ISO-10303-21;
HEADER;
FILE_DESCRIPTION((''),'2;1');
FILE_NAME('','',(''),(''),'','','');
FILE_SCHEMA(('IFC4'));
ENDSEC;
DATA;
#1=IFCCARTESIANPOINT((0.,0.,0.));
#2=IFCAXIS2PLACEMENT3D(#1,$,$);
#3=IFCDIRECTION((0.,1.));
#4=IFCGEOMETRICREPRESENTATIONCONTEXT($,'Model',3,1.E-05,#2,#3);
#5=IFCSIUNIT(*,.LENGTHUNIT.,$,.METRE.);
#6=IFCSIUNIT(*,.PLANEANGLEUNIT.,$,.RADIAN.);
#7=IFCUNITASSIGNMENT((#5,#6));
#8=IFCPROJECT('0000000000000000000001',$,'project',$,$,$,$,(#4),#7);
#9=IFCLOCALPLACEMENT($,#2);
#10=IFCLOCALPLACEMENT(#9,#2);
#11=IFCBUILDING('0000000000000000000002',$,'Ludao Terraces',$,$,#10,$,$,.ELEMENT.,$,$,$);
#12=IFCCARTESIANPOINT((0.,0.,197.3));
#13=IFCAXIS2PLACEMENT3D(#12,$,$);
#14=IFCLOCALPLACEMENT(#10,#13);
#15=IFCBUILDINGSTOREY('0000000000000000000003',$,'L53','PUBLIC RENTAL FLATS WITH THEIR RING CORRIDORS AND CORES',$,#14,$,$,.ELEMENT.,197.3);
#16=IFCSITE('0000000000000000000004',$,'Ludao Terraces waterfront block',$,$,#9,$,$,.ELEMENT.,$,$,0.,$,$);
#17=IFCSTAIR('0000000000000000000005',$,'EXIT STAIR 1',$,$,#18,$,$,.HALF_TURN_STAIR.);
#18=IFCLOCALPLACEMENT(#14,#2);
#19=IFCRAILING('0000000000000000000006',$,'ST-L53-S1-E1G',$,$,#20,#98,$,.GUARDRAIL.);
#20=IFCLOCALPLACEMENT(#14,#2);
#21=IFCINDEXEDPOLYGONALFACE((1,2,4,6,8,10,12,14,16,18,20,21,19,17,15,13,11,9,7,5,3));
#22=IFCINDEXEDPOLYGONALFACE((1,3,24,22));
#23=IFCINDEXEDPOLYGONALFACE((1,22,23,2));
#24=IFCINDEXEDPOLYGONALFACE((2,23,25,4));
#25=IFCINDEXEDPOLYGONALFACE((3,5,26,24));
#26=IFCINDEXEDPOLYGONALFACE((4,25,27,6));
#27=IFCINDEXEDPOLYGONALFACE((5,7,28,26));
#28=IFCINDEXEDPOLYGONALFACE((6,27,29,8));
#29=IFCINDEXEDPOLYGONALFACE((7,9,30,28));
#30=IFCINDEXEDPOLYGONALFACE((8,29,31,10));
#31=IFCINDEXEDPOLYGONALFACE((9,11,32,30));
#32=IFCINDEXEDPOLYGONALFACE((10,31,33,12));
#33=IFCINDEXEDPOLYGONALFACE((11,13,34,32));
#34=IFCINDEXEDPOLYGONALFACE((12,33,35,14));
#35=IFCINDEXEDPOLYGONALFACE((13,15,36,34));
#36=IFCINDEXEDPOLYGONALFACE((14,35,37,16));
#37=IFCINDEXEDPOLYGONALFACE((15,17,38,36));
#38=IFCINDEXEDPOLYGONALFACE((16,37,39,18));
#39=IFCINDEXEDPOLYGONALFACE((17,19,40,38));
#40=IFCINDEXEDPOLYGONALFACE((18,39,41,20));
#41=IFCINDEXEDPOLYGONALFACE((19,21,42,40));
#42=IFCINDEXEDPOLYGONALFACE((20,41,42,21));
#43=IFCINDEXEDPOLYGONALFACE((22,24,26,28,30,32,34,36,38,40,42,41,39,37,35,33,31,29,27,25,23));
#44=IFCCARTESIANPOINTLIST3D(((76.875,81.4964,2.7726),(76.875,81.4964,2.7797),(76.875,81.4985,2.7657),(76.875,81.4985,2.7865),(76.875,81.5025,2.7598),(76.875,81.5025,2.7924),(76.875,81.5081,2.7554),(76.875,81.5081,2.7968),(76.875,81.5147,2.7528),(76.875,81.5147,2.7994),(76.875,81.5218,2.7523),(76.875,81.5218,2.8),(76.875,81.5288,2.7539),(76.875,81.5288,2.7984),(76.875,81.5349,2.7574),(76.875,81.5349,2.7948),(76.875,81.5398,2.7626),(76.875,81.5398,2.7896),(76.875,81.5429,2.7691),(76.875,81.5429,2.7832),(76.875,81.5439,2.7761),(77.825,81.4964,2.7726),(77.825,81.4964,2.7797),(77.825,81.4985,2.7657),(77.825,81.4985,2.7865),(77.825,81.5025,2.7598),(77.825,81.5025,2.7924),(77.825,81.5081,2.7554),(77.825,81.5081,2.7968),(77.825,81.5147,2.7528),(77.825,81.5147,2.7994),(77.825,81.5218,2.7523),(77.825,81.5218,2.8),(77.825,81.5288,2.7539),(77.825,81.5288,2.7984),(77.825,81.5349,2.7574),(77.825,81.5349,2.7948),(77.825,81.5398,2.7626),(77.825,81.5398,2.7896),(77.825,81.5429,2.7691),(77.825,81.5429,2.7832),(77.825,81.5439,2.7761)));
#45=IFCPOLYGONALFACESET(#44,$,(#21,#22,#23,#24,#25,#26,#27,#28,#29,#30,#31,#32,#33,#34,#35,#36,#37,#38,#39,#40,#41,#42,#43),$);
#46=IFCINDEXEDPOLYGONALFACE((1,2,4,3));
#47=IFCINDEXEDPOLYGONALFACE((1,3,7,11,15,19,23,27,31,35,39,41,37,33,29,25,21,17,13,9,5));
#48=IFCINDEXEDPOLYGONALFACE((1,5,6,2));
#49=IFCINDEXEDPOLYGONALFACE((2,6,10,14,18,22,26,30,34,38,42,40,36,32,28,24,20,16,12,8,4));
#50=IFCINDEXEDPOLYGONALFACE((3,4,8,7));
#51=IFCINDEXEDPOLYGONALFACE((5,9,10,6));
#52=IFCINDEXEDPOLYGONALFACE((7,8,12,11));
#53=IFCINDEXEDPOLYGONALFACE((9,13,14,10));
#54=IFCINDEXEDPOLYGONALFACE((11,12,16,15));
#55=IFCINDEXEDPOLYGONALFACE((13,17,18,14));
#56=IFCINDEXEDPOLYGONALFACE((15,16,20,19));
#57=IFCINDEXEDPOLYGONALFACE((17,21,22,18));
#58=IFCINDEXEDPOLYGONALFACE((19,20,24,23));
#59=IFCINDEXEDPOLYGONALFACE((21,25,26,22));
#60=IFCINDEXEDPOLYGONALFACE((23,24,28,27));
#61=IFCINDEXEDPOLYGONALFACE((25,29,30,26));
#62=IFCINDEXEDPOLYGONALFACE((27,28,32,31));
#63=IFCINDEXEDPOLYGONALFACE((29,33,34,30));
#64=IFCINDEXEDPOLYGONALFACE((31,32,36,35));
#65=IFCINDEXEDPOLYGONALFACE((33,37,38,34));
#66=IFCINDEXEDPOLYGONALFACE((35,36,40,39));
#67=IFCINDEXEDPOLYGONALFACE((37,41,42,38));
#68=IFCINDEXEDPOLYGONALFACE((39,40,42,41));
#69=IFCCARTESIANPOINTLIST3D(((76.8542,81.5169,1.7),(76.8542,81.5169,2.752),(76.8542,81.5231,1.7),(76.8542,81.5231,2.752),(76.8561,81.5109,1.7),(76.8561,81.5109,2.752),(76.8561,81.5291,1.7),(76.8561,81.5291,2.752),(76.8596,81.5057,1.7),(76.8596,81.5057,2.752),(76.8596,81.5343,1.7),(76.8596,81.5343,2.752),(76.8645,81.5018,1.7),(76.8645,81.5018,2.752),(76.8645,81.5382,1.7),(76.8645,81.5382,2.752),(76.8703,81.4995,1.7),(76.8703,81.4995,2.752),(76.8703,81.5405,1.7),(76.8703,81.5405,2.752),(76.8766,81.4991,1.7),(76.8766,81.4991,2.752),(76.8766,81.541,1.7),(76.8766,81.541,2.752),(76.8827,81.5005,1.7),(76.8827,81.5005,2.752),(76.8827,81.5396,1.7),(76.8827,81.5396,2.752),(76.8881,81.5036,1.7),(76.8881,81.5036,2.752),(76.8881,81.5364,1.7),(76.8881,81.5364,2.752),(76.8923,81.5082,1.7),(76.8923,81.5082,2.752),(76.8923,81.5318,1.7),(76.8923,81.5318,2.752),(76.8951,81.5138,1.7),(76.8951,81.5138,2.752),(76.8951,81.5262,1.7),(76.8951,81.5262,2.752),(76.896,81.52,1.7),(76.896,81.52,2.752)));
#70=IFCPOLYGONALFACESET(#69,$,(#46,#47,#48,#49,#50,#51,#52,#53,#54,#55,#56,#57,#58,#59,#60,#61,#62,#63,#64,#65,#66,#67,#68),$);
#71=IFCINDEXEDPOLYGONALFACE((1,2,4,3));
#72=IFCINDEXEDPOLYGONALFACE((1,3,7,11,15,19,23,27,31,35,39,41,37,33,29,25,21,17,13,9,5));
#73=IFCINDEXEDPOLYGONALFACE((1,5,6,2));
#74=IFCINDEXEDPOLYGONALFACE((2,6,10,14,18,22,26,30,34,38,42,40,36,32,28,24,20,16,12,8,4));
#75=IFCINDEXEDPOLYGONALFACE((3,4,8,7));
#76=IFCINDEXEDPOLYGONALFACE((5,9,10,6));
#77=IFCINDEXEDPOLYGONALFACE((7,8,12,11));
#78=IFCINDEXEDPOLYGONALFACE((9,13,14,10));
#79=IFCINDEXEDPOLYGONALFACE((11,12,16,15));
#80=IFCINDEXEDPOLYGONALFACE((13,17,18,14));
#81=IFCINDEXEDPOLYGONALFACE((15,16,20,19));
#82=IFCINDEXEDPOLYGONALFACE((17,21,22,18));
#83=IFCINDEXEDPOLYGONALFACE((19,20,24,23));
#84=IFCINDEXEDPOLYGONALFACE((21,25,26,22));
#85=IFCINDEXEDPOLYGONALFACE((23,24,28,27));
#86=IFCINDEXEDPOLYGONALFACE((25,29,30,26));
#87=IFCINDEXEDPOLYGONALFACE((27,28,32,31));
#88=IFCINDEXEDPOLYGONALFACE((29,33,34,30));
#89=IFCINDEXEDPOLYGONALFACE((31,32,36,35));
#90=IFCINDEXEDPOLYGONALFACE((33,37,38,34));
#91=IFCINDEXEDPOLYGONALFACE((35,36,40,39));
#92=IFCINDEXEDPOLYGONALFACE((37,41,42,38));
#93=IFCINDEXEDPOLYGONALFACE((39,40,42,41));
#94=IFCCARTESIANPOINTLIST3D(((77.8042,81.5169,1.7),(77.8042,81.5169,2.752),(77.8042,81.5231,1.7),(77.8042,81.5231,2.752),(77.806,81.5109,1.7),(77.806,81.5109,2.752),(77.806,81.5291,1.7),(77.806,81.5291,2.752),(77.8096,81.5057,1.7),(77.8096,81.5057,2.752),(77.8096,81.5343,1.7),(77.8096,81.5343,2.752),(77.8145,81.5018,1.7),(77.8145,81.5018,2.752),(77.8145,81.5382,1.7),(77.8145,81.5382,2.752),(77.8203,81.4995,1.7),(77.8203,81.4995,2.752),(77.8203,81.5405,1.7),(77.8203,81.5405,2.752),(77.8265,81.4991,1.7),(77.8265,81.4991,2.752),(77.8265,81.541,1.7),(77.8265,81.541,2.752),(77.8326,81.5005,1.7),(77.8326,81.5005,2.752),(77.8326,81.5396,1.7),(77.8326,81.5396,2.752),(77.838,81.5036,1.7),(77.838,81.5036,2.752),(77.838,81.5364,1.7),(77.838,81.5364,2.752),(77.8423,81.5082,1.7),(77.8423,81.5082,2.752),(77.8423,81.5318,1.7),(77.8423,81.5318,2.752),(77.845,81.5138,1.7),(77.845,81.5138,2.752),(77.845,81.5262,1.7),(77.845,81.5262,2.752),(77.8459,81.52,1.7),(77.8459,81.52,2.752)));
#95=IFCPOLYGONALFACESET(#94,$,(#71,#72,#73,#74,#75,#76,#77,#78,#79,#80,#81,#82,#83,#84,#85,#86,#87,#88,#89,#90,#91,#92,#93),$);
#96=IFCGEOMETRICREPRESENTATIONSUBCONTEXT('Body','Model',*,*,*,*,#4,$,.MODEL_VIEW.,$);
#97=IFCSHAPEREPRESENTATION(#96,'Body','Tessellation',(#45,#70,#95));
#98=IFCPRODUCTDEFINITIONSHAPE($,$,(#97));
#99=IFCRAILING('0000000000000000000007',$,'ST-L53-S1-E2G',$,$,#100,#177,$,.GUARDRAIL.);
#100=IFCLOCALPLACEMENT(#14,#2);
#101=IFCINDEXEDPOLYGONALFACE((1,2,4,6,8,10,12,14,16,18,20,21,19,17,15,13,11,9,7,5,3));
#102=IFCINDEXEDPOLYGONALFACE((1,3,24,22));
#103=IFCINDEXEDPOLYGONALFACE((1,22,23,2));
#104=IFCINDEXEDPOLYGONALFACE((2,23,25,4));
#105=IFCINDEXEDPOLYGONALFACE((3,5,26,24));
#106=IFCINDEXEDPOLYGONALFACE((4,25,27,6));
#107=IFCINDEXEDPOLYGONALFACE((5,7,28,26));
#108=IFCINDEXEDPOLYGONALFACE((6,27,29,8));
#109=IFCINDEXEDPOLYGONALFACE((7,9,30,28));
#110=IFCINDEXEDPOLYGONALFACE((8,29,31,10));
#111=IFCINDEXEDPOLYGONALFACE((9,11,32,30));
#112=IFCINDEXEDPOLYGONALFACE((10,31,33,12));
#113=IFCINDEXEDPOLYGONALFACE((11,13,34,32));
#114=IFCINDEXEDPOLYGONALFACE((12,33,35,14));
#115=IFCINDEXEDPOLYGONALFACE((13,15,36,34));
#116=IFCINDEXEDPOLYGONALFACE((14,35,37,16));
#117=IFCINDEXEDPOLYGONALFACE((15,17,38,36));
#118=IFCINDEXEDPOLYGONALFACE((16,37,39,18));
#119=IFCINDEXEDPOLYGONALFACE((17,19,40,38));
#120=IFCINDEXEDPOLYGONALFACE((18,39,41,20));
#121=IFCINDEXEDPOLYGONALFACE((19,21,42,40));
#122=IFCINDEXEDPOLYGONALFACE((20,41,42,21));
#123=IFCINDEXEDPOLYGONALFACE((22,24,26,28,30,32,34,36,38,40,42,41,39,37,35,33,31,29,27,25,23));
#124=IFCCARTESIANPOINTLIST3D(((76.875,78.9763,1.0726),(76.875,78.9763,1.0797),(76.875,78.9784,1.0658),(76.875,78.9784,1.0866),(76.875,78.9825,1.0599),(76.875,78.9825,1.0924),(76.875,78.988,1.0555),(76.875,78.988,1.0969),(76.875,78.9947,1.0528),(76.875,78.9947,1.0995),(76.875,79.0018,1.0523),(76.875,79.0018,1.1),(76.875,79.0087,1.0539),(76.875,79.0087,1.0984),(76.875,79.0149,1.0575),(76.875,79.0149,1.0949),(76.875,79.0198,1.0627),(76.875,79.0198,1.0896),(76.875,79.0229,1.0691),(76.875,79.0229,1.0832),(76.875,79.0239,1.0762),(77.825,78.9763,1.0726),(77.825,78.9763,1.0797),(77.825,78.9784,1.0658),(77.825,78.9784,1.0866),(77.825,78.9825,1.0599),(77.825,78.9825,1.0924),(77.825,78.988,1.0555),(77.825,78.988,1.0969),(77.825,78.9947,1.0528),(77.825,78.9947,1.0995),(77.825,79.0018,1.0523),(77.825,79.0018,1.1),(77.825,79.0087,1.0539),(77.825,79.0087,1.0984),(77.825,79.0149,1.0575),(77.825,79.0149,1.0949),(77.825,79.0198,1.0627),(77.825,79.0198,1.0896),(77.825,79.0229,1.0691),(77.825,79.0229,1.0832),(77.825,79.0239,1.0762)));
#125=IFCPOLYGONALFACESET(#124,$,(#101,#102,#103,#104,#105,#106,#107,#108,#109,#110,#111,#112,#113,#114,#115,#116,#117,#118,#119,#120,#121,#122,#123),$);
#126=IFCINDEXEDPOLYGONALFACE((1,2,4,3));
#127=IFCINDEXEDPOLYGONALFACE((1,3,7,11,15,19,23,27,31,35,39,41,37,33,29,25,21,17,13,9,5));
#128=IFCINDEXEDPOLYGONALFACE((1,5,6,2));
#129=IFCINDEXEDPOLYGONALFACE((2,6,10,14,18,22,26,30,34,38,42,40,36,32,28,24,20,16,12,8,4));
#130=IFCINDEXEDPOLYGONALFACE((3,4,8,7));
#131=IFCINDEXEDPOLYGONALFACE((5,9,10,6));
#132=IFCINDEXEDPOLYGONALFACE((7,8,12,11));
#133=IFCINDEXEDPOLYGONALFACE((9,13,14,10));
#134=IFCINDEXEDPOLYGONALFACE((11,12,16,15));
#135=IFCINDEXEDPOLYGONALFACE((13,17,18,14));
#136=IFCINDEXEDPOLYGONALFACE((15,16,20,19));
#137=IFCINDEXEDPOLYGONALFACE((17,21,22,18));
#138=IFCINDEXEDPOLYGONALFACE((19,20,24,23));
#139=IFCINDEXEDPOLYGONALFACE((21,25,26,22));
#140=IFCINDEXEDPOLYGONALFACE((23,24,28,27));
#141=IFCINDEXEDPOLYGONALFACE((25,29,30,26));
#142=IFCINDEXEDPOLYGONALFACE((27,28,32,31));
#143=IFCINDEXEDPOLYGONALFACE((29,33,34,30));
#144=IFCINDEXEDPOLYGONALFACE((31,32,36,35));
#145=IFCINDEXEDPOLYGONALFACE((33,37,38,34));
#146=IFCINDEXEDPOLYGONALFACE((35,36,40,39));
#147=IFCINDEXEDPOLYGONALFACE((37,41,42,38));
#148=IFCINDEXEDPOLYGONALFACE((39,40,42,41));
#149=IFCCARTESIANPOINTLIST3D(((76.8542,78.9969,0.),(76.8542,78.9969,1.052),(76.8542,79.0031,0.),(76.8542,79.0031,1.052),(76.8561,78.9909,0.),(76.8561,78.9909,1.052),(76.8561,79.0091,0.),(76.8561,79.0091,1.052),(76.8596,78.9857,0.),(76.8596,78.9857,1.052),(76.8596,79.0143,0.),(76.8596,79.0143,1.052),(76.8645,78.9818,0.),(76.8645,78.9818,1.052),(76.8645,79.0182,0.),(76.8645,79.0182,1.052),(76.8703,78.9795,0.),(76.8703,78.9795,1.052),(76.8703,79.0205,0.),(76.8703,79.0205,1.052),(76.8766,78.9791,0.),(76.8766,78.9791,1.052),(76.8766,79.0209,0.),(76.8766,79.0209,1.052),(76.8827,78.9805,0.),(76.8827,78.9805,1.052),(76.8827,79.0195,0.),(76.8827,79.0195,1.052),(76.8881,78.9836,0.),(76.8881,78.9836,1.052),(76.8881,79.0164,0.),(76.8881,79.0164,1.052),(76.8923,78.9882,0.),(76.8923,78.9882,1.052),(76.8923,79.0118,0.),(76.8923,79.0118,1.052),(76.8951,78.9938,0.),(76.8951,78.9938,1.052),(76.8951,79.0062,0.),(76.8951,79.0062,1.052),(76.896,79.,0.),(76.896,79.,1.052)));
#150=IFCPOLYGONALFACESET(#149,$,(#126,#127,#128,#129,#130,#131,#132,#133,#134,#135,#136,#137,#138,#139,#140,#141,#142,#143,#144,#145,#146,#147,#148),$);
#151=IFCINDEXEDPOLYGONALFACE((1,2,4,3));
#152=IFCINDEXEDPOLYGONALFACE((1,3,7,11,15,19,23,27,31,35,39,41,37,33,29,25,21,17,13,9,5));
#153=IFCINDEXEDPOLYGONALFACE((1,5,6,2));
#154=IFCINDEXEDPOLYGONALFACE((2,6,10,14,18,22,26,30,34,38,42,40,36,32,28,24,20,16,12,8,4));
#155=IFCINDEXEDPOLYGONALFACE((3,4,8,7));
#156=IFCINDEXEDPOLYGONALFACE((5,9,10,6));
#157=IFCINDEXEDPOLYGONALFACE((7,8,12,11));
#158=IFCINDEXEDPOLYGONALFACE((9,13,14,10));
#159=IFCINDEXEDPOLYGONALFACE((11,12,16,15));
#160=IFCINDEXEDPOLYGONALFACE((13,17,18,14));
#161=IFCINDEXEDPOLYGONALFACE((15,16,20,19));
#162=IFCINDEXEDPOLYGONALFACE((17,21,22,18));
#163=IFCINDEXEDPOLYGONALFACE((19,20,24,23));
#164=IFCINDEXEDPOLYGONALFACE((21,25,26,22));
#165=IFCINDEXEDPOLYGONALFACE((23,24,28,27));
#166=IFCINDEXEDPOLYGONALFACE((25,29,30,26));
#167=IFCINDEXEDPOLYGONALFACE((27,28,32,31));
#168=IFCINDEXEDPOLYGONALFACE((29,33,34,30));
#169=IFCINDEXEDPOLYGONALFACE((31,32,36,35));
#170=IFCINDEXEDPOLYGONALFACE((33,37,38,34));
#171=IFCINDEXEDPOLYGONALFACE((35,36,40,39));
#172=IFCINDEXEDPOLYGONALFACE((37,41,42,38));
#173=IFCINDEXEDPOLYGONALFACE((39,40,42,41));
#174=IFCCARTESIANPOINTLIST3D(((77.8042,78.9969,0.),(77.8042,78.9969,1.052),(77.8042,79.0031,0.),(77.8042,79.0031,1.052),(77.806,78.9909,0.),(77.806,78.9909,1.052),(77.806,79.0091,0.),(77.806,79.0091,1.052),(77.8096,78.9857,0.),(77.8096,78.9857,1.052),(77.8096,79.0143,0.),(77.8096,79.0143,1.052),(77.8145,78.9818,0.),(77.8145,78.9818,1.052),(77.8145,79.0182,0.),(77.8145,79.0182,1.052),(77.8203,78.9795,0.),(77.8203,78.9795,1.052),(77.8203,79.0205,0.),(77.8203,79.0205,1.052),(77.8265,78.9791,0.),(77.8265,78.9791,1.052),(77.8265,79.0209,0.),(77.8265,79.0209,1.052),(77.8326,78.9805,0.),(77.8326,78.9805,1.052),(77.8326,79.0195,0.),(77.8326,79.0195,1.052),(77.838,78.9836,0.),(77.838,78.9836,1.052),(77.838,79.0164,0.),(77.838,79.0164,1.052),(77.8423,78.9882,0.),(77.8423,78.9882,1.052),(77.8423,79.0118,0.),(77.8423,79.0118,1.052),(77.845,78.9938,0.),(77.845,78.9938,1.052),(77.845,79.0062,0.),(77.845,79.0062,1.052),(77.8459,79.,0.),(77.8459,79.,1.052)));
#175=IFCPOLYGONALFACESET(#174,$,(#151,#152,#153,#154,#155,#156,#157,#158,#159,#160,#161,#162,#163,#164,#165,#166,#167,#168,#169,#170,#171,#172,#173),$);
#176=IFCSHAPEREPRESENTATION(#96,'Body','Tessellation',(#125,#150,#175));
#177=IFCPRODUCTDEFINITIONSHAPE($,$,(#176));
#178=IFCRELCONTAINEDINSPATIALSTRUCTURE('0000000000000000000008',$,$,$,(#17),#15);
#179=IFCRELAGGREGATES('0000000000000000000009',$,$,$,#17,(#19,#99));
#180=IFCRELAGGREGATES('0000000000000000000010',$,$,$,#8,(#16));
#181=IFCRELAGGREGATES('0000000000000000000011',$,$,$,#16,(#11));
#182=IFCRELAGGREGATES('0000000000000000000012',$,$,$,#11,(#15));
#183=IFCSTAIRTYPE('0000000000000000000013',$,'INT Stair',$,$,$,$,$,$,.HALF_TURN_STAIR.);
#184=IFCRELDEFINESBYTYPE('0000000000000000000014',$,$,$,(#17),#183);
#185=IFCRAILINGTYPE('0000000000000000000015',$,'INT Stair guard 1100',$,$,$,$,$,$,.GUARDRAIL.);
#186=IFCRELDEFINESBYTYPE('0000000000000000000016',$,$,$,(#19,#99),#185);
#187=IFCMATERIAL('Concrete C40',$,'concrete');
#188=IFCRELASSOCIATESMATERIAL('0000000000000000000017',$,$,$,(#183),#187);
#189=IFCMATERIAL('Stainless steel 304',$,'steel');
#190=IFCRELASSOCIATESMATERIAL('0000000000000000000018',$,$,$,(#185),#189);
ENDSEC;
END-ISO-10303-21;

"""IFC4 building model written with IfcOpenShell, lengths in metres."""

from ifc_helpers import new_model, si_unit, direction, frame, origin, origin_2d, place, context, subcontext, project, spatial, circle, extrude, material, type_object, element, aggregate, save


model = new_model("IFC4")

# Units and contexts
model_context = context("Model", 3, precision=1e-05, world=origin(), true_north=direction((0.0, 1.0)))
body_context = subcontext(model_context, "Body", "Model", "MODEL_VIEW")
ifc_project = project(units=[si_unit("LENGTHUNIT", "METRE"), si_unit("PLANEANGLEUNIT", "RADIAN")], contexts=[model_context])

# Site, building, storey
site_placement = place(None, origin())
site = spatial("IfcSite", under=ifc_project, at=site_placement, Name="Ludao Terraces waterfront block", CompositionType="ELEMENT", RefElevation=0.0)
building_placement = place(site_placement, origin())
building = spatial("IfcBuilding", under=site, at=building_placement, Name="Ludao Terraces", CompositionType="ELEMENT")
storey_placement = place(building_placement, frame((0.0, 0.0, 197.3)))
storey = spatial("IfcBuildingStorey", under=building, at=storey_placement, Name="L53", Description="PUBLIC RENTAL FLATS WITH THEIR RING CORRIDORS AND CORES", CompositionType="ELEMENT", Elevation=197.3)

# Shared definitions
ifc_material_1 = material(Name="Concrete C40", Category="concrete")

# Stair, railings
stair_type = type_object("IfcStairType", Name="INT Stair", PredefinedType="HALF_TURN_STAIR", material=ifc_material_1)
stair_placement = place(storey_placement, origin())
stair = element("IfcStair", 1, at=stair_placement, inside=storey, type_object=stair_type, Name="EXIT STAIR 1", PredefinedType="HALF_TURN_STAIR")
ifc_material_2 = material(Name="Stainless steel 304", Category="steel")
railing_type_1 = type_object("IfcRailingType", Name="INT Stair guard 1100", PredefinedType="GUARDRAIL", material=ifc_material_2)
railing_1_placement = place(storey_placement, frame((76.875, 81.52, 1.7)))
railing_1 = element("IfcRailing", 2, at=railing_1_placement, type_object=railing_type_1, Name="ST-L53-S1-E1G", PredefinedType="GUARDRAIL", context=body_context, shape_type="SweptSolid", body=[
    extrude(circle(Radius=0.0239, at=origin_2d()), frame((0.0, 0.0, 1.0762), z_axis=(1.0, 0.0, 0.0), x_axis=(0.0, 1.0, 0.0)), (0.0, 0.0, 1.0), 0.95),
    extrude(circle(Radius=0.021, at=origin_2d()), origin(), (0.0, 0.0, 1.0), 1.052),
    extrude(circle(Radius=0.021, at=origin_2d()), frame((0.95, 0.0, 0.0)), (0.0, 0.0, 1.0), 1.052),
])
railing_2_placement = place(storey_placement, frame((76.875, 79.0, 0.0)))
railing_2 = element("IfcRailing", 3, at=railing_2_placement, type_object=railing_type_1, Name="ST-L53-S1-E2G", PredefinedType="GUARDRAIL", context=body_context, shape_type="SweptSolid", body=[
    extrude(circle(Radius=0.0239, at=origin_2d()), frame((0.0, 0.0, 1.0762), z_axis=(1.0, 0.0, 0.0), x_axis=(0.0, 1.0, 0.0)), (0.0, 0.0, 1.0), 0.95),
    extrude(circle(Radius=0.021, at=origin_2d()), origin(), (0.0, 0.0, 1.0), 1.052),
    extrude(circle(Radius=0.021, at=origin_2d()), frame((0.95, 0.0, 0.0)), (0.0, 0.0, 1.0), 1.052),
])
aggregate(stair, [railing_1, railing_2])

save(model, "model.ifc")
